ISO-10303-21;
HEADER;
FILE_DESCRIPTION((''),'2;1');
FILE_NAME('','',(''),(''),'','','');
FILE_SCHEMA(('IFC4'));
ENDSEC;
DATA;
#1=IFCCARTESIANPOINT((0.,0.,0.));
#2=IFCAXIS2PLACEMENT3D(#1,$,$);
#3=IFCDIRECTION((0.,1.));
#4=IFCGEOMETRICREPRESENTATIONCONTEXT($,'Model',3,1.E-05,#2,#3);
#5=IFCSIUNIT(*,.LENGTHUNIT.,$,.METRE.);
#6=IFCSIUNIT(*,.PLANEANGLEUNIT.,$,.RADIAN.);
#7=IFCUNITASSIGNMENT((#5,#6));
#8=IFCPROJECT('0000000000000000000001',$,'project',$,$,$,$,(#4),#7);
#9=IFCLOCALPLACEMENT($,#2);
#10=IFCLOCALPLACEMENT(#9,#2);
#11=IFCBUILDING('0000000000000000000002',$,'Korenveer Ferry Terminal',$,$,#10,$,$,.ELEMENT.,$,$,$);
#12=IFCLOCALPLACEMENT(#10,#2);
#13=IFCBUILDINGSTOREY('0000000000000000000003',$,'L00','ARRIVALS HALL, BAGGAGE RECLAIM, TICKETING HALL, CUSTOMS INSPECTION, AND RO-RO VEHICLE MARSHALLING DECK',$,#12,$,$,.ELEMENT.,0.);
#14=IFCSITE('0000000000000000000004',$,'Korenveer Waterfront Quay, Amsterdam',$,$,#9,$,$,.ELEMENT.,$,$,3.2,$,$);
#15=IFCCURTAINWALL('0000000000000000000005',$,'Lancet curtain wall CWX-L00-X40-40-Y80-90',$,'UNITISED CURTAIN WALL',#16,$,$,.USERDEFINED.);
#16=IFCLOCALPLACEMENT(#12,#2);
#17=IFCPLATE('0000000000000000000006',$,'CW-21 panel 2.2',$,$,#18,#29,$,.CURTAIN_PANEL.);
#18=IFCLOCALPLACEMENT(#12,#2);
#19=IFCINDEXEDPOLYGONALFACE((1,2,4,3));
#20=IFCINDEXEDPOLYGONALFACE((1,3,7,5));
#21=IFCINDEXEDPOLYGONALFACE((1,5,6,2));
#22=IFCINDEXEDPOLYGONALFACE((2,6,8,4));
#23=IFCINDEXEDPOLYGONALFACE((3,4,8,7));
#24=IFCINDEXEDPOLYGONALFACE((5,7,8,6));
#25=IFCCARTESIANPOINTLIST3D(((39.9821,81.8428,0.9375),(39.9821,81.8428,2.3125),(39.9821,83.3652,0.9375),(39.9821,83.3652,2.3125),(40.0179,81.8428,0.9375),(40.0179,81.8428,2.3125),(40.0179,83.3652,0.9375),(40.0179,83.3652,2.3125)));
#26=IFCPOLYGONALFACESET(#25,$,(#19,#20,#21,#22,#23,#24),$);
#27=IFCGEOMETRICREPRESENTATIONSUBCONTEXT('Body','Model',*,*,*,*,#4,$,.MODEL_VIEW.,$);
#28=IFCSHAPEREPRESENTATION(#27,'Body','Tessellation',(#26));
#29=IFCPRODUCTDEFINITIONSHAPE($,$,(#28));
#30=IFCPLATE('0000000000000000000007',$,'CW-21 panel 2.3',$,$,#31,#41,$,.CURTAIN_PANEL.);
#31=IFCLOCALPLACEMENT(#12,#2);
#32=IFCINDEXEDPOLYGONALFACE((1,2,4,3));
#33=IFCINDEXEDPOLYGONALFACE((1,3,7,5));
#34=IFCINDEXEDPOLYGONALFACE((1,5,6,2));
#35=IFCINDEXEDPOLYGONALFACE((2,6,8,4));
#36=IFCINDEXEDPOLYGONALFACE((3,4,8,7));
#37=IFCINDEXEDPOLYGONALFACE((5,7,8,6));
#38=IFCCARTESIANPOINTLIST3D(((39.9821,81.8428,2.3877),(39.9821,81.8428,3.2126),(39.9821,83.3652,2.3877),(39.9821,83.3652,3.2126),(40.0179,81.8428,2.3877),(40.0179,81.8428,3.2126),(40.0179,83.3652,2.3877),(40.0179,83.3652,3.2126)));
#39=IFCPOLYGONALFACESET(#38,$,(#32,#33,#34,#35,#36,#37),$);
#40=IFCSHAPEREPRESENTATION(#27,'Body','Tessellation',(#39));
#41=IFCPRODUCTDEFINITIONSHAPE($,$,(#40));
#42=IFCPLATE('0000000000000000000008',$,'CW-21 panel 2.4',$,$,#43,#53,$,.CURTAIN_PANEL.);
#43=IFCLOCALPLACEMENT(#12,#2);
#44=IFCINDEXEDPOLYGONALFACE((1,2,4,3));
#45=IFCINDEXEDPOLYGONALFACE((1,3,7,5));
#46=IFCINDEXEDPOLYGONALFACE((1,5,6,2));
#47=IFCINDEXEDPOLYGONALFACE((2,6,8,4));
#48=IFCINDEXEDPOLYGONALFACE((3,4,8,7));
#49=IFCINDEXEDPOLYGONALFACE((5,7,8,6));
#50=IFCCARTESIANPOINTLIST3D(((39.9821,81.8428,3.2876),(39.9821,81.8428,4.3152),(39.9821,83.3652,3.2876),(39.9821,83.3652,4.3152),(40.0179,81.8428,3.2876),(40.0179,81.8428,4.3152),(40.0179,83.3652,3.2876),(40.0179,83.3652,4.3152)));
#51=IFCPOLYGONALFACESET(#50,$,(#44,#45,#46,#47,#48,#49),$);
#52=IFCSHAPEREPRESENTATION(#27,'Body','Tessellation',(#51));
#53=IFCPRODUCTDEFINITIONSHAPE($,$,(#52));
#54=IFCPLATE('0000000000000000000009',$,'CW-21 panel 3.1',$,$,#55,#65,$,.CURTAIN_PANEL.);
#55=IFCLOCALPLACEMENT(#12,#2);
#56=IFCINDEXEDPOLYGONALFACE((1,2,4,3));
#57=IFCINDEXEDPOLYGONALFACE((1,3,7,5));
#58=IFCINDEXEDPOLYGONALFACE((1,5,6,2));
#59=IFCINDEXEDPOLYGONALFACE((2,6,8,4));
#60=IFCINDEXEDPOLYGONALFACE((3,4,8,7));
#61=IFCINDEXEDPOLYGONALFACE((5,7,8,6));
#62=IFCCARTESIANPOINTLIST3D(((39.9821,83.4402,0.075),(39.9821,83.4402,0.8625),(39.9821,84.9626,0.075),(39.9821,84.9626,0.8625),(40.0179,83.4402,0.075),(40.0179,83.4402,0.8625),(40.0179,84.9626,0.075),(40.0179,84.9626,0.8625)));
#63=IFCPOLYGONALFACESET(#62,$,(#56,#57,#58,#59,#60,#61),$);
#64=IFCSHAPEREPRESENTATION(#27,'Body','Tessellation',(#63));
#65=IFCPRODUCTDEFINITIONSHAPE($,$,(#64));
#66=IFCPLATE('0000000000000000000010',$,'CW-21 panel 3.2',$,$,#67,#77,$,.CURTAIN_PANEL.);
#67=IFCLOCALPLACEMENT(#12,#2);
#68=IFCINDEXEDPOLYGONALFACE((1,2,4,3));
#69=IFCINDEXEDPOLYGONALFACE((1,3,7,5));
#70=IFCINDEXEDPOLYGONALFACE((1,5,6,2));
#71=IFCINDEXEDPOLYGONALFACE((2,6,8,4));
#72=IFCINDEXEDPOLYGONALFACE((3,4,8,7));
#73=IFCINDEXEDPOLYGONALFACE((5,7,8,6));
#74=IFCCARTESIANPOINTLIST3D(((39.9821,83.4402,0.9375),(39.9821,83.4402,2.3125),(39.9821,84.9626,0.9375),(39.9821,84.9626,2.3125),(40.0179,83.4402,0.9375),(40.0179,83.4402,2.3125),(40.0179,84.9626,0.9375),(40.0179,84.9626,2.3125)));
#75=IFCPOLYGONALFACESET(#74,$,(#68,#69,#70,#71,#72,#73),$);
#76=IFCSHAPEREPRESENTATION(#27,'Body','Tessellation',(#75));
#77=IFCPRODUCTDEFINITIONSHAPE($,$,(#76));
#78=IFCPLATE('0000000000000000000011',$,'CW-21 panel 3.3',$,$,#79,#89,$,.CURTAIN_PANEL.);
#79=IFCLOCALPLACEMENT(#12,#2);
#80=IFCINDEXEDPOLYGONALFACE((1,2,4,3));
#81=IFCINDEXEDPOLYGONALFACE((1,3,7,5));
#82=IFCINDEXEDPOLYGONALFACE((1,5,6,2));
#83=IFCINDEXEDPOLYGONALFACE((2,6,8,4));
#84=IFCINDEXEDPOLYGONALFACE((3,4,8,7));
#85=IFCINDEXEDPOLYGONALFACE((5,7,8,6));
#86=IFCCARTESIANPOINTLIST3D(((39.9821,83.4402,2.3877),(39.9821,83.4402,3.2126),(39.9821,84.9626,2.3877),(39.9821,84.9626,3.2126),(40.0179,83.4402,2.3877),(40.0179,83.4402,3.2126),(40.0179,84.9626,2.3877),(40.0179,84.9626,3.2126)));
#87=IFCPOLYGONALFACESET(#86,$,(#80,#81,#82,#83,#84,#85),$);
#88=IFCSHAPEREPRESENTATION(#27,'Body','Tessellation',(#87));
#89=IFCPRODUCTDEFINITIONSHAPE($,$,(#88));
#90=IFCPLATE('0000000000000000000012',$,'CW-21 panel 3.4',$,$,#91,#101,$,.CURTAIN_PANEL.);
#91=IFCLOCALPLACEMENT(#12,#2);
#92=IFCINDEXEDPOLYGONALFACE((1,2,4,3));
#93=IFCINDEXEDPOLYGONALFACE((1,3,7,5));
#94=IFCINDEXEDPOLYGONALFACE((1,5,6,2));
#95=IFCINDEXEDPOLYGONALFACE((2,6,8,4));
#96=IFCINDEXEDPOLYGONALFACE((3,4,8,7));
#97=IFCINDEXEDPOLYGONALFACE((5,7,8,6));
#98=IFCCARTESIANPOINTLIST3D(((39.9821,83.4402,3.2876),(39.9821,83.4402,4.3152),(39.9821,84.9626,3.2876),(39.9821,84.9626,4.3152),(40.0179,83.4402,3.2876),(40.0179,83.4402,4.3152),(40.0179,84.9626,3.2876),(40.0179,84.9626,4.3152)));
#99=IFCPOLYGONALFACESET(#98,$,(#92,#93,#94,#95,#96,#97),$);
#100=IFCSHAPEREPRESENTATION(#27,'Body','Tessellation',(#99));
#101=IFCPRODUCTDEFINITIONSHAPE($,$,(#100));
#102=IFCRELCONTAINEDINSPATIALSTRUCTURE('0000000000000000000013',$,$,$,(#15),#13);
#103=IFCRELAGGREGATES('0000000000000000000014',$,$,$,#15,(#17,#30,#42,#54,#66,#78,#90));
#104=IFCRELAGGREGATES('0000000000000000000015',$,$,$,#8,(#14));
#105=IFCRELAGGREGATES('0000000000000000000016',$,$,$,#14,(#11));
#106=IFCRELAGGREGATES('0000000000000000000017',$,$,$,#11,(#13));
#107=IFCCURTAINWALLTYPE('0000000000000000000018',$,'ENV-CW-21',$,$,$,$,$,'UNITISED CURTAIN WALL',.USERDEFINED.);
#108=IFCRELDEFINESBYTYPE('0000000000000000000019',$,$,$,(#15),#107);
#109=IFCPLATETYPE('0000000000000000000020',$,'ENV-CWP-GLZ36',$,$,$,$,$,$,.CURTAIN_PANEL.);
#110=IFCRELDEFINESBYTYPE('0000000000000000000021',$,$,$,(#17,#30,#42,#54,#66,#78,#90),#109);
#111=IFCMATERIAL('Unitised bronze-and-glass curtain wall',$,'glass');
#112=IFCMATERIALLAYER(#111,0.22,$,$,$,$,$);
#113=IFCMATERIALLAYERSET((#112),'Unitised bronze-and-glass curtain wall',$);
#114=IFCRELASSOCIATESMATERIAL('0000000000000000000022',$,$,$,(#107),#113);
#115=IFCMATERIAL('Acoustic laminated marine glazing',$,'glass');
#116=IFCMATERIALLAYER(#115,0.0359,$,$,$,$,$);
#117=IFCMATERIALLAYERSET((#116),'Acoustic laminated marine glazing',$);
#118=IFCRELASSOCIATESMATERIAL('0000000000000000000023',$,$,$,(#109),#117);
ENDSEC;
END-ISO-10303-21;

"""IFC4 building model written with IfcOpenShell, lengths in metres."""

from ifc_helpers import new_model, si_unit, direction, frame, origin, origin_2d, place, context, subcontext, project, spatial, rectangle, extrude, material, layer, layer_set, type_object, element, aggregate, save


model = new_model("IFC4")

# Units and contexts
model_context = context("Model", 3, precision=1e-05, world=origin(), true_north=direction((0.0, 1.0)))
body_context = subcontext(model_context, "Body", "Model", "MODEL_VIEW")
ifc_project = project(units=[si_unit("LENGTHUNIT", "METRE"), si_unit("PLANEANGLEUNIT", "RADIAN")], contexts=[model_context])

# Site, building, storey
site_placement = place(None, origin())
site = spatial("IfcSite", under=ifc_project, at=site_placement, Name="Korenveer Waterfront Quay, Amsterdam", CompositionType="ELEMENT", RefElevation=3.2)
building_placement = place(site_placement, origin())
building = spatial("IfcBuilding", under=site, at=building_placement, Name="Korenveer Ferry Terminal", CompositionType="ELEMENT")
storey_placement = place(building_placement, origin())
storey = spatial("IfcBuildingStorey", under=building, at=storey_placement, Name="L00", Description="ARRIVALS HALL, BAGGAGE RECLAIM, TICKETING HALL, CUSTOMS INSPECTION, AND RO-RO VEHICLE MARSHALLING DECK", CompositionType="ELEMENT", Elevation=0.0)

# Curtain wall, plates
ifc_material_1 = material(Name="Unitised bronze-and-glass curtain wall", Category="glass")
ifc_layer_1 = layer(ifc_material_1, 0.22)
ifc_layer_set_1 = layer_set([ifc_layer_1], Name="Unitised bronze-and-glass curtain wall")
curtain_wall_type = type_object("IfcCurtainWallType", Name="ENV-CW-21", ElementType="UNITISED CURTAIN WALL", PredefinedType="USERDEFINED", material=ifc_layer_set_1)
curtain_wall_placement = place(storey_placement, frame((40.0, 80.2078, 0.0)))
curtain_wall = element("IfcCurtainWall", 1, at=curtain_wall_placement, inside=storey, type_object=curtain_wall_type, Name="Lancet curtain wall CWX-L00-X40-40-Y80-90", ObjectType="UNITISED CURTAIN WALL", PredefinedType="USERDEFINED")
ifc_material_2 = material(Name="Acoustic laminated marine glazing", Category="glass")
ifc_layer_2 = layer(ifc_material_2, 0.0359)
ifc_layer_set_2 = layer_set([ifc_layer_2], Name="Acoustic laminated marine glazing")
plate_type = type_object("IfcPlateType", Name="ENV-CWP-GLZ36", PredefinedType="CURTAIN_PANEL", material=ifc_layer_set_2)
plate_1_placement = place(storey_placement, frame((40.0, 82.604, 0.9375), z_axis=(0.0, 0.0, 1.0), x_axis=(0.0, 1.0, 0.0)))
plate_1 = element("IfcPlate", 2, at=plate_1_placement, type_object=plate_type, Name="CW-21 panel 2.2", PredefinedType="CURTAIN_PANEL", context=body_context, shape_type="SweptSolid", body=[
    extrude(rectangle(XDim=1.5225, YDim=0.0359, at=origin_2d()), origin(), (0.0, 0.0, 1.0), 1.375),
])
plate_2_placement = place(storey_placement, frame((40.0, 82.604, 2.3877), z_axis=(0.0, 0.0, 1.0), x_axis=(0.0, 1.0, 0.0)))
plate_2 = element("IfcPlate", 3, at=plate_2_placement, type_object=plate_type, Name="CW-21 panel 2.3", PredefinedType="CURTAIN_PANEL", context=body_context, shape_type="SweptSolid", body=[
    extrude(rectangle(XDim=1.5225, YDim=0.0359, at=origin_2d()), origin(), (0.0, 0.0, 1.0), 0.825),
])
plate_3_placement = place(storey_placement, frame((40.0, 82.604, 3.2876), z_axis=(0.0, 0.0, 1.0), x_axis=(0.0, 1.0, 0.0)))
plate_3 = element("IfcPlate", 4, at=plate_3_placement, type_object=plate_type, Name="CW-21 panel 2.4", PredefinedType="CURTAIN_PANEL", context=body_context, shape_type="SweptSolid", body=[
    extrude(rectangle(XDim=1.5225, YDim=0.0359, at=origin_2d()), origin(), (0.0, 0.0, 1.0), 1.0276),
])
plate_4_placement = place(storey_placement, frame((40.0, 84.2014, 0.075), z_axis=(0.0, 0.0, 1.0), x_axis=(0.0, 1.0, 0.0)))
plate_4 = element("IfcPlate", 5, at=plate_4_placement, type_object=plate_type, Name="CW-21 panel 3.1", PredefinedType="CURTAIN_PANEL", context=body_context, shape_type="SweptSolid", body=[
    extrude(rectangle(XDim=1.5225, YDim=0.0359, at=origin_2d()), origin(), (0.0, 0.0, 1.0), 0.7876),
])
plate_5_placement = place(storey_placement, frame((40.0, 84.2014, 0.9375), z_axis=(0.0, 0.0, 1.0), x_axis=(0.0, 1.0, 0.0)))
plate_5 = element("IfcPlate", 6, at=plate_5_placement, type_object=plate_type, Name="CW-21 panel 3.2", PredefinedType="CURTAIN_PANEL", context=body_context, shape_type="SweptSolid", body=[
    extrude(rectangle(XDim=1.5225, YDim=0.0359, at=origin_2d()), origin(), (0.0, 0.0, 1.0), 1.375),
])
plate_6_placement = place(storey_placement, frame((40.0, 84.2014, 2.3877), z_axis=(0.0, 0.0, 1.0), x_axis=(0.0, 1.0, 0.0)))
plate_6 = element("IfcPlate", 7, at=plate_6_placement, type_object=plate_type, Name="CW-21 panel 3.3", PredefinedType="CURTAIN_PANEL", context=body_context, shape_type="SweptSolid", body=[
    extrude(rectangle(XDim=1.5225, YDim=0.0359, at=origin_2d()), origin(), (0.0, 0.0, 1.0), 0.825),
])
plate_7_placement = place(storey_placement, frame((40.0, 84.2014, 3.2876), z_axis=(0.0, 0.0, 1.0), x_axis=(0.0, 1.0, 0.0)))
plate_7 = element("IfcPlate", 8, at=plate_7_placement, type_object=plate_type, Name="CW-21 panel 3.4", PredefinedType="CURTAIN_PANEL", context=body_context, shape_type="SweptSolid", body=[
    extrude(rectangle(XDim=1.5225, YDim=0.0359, at=origin_2d()), origin(), (0.0, 0.0, 1.0), 1.0276),
])
aggregate(curtain_wall, [plate_1, plate_2, plate_3, plate_4, plate_5, plate_6, plate_7])

save(model, "model.ifc")
